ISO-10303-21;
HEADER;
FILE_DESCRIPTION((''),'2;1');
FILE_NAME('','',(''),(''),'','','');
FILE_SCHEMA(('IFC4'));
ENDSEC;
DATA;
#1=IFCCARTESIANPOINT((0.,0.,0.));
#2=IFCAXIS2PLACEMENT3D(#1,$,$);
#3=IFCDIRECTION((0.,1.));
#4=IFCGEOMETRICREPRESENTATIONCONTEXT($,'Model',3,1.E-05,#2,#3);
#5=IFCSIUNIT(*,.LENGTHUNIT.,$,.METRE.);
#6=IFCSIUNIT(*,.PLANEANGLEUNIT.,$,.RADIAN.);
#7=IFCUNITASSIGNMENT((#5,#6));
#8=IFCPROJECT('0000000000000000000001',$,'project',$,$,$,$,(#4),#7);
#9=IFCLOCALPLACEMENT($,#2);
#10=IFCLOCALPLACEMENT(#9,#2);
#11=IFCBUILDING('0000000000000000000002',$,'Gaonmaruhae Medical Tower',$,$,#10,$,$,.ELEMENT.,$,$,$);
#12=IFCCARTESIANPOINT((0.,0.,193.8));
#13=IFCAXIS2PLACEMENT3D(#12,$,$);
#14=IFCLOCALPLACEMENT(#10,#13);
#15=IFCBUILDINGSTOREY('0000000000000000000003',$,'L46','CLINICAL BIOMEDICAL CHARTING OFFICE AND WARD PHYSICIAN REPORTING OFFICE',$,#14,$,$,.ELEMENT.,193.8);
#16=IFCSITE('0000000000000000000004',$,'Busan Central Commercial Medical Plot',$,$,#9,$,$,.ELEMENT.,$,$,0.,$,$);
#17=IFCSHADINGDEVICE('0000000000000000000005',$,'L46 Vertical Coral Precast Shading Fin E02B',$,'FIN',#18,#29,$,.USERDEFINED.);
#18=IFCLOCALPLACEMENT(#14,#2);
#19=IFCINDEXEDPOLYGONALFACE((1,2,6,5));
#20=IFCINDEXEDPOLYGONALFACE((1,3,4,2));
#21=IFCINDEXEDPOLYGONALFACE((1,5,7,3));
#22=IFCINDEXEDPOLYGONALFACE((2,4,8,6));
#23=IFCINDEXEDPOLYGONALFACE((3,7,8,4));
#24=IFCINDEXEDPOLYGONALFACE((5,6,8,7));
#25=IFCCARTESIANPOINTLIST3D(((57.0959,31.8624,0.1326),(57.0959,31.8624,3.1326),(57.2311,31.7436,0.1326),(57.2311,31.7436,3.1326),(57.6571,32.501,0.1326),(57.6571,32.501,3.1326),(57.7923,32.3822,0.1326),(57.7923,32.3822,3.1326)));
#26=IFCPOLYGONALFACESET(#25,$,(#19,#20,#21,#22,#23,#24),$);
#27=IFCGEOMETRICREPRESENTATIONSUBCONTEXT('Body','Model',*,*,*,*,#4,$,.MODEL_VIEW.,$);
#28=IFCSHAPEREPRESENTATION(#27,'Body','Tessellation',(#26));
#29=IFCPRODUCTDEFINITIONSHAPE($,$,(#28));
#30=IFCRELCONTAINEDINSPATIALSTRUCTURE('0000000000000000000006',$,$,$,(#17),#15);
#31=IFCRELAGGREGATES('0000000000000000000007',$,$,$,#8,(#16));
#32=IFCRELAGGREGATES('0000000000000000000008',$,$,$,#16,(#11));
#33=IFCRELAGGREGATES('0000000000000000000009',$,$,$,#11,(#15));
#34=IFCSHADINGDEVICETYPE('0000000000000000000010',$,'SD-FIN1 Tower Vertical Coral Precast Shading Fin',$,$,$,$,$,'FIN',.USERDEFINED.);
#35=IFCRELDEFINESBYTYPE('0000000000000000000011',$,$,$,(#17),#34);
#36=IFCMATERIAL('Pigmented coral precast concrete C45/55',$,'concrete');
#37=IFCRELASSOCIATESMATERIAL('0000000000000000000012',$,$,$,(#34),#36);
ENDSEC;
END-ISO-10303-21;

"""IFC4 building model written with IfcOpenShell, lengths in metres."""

from ifc_helpers import new_model, si_unit, direction, frame, origin, origin_2d, place, context, subcontext, project, spatial, rectangle, extrude, material, type_object, element, save


model = new_model("IFC4")

# Units and contexts
model_context = context("Model", 3, precision=1e-05, world=origin(), true_north=direction((0.0, 1.0)))
body_context = subcontext(model_context, "Body", "Model", "MODEL_VIEW")
ifc_project = project(units=[si_unit("LENGTHUNIT", "METRE"), si_unit("PLANEANGLEUNIT", "RADIAN")], contexts=[model_context])

# Site, building, storey
site_placement = place(None, origin())
site = spatial("IfcSite", under=ifc_project, at=site_placement, Name="Busan Central Commercial Medical Plot", CompositionType="ELEMENT", RefElevation=0.0)
building_placement = place(site_placement, origin())
building = spatial("IfcBuilding", under=site, at=building_placement, Name="Gaonmaruhae Medical Tower", CompositionType="ELEMENT")
storey_placement = place(building_placement, frame((0.0, 0.0, 193.8)))
storey = spatial("IfcBuildingStorey", under=building, at=storey_placement, Name="L46", Description="CLINICAL BIOMEDICAL CHARTING OFFICE AND WARD PHYSICIAN REPORTING OFFICE", CompositionType="ELEMENT", Elevation=193.8)

# Shading device
ifc_material_1 = material(Name="Pigmented coral precast concrete C45/55", Category="concrete")
shading_device_type = type_object("IfcShadingDeviceType", Name="SD-FIN1 Tower Vertical Coral Precast Shading Fin", ElementType="FIN", PredefinedType="USERDEFINED", material=ifc_material_1)
for number, where, z_axis, x_axis, name in (
    (1, (57.4441, 32.1223, 0.1326), (0.0, 0.0, 1.0), (0.75116, -0.66012, 0.0), "L46 Vertical Coral Precast Shading Fin E02B"),
):
    element("IfcShadingDevice", number, at=place(storey_placement, frame(where, z_axis=z_axis, x_axis=x_axis)), inside=storey, type_object=shading_device_type, Name=name, ObjectType="FIN", PredefinedType="USERDEFINED", context=body_context, shape_type="SweptSolid", body=[
        extrude(rectangle(XDim=0.1799, YDim=0.8501, at=origin_2d()), origin(), (0.0, 0.0, 1.0), 3.0),
    ])

save(model, "model.ifc")
